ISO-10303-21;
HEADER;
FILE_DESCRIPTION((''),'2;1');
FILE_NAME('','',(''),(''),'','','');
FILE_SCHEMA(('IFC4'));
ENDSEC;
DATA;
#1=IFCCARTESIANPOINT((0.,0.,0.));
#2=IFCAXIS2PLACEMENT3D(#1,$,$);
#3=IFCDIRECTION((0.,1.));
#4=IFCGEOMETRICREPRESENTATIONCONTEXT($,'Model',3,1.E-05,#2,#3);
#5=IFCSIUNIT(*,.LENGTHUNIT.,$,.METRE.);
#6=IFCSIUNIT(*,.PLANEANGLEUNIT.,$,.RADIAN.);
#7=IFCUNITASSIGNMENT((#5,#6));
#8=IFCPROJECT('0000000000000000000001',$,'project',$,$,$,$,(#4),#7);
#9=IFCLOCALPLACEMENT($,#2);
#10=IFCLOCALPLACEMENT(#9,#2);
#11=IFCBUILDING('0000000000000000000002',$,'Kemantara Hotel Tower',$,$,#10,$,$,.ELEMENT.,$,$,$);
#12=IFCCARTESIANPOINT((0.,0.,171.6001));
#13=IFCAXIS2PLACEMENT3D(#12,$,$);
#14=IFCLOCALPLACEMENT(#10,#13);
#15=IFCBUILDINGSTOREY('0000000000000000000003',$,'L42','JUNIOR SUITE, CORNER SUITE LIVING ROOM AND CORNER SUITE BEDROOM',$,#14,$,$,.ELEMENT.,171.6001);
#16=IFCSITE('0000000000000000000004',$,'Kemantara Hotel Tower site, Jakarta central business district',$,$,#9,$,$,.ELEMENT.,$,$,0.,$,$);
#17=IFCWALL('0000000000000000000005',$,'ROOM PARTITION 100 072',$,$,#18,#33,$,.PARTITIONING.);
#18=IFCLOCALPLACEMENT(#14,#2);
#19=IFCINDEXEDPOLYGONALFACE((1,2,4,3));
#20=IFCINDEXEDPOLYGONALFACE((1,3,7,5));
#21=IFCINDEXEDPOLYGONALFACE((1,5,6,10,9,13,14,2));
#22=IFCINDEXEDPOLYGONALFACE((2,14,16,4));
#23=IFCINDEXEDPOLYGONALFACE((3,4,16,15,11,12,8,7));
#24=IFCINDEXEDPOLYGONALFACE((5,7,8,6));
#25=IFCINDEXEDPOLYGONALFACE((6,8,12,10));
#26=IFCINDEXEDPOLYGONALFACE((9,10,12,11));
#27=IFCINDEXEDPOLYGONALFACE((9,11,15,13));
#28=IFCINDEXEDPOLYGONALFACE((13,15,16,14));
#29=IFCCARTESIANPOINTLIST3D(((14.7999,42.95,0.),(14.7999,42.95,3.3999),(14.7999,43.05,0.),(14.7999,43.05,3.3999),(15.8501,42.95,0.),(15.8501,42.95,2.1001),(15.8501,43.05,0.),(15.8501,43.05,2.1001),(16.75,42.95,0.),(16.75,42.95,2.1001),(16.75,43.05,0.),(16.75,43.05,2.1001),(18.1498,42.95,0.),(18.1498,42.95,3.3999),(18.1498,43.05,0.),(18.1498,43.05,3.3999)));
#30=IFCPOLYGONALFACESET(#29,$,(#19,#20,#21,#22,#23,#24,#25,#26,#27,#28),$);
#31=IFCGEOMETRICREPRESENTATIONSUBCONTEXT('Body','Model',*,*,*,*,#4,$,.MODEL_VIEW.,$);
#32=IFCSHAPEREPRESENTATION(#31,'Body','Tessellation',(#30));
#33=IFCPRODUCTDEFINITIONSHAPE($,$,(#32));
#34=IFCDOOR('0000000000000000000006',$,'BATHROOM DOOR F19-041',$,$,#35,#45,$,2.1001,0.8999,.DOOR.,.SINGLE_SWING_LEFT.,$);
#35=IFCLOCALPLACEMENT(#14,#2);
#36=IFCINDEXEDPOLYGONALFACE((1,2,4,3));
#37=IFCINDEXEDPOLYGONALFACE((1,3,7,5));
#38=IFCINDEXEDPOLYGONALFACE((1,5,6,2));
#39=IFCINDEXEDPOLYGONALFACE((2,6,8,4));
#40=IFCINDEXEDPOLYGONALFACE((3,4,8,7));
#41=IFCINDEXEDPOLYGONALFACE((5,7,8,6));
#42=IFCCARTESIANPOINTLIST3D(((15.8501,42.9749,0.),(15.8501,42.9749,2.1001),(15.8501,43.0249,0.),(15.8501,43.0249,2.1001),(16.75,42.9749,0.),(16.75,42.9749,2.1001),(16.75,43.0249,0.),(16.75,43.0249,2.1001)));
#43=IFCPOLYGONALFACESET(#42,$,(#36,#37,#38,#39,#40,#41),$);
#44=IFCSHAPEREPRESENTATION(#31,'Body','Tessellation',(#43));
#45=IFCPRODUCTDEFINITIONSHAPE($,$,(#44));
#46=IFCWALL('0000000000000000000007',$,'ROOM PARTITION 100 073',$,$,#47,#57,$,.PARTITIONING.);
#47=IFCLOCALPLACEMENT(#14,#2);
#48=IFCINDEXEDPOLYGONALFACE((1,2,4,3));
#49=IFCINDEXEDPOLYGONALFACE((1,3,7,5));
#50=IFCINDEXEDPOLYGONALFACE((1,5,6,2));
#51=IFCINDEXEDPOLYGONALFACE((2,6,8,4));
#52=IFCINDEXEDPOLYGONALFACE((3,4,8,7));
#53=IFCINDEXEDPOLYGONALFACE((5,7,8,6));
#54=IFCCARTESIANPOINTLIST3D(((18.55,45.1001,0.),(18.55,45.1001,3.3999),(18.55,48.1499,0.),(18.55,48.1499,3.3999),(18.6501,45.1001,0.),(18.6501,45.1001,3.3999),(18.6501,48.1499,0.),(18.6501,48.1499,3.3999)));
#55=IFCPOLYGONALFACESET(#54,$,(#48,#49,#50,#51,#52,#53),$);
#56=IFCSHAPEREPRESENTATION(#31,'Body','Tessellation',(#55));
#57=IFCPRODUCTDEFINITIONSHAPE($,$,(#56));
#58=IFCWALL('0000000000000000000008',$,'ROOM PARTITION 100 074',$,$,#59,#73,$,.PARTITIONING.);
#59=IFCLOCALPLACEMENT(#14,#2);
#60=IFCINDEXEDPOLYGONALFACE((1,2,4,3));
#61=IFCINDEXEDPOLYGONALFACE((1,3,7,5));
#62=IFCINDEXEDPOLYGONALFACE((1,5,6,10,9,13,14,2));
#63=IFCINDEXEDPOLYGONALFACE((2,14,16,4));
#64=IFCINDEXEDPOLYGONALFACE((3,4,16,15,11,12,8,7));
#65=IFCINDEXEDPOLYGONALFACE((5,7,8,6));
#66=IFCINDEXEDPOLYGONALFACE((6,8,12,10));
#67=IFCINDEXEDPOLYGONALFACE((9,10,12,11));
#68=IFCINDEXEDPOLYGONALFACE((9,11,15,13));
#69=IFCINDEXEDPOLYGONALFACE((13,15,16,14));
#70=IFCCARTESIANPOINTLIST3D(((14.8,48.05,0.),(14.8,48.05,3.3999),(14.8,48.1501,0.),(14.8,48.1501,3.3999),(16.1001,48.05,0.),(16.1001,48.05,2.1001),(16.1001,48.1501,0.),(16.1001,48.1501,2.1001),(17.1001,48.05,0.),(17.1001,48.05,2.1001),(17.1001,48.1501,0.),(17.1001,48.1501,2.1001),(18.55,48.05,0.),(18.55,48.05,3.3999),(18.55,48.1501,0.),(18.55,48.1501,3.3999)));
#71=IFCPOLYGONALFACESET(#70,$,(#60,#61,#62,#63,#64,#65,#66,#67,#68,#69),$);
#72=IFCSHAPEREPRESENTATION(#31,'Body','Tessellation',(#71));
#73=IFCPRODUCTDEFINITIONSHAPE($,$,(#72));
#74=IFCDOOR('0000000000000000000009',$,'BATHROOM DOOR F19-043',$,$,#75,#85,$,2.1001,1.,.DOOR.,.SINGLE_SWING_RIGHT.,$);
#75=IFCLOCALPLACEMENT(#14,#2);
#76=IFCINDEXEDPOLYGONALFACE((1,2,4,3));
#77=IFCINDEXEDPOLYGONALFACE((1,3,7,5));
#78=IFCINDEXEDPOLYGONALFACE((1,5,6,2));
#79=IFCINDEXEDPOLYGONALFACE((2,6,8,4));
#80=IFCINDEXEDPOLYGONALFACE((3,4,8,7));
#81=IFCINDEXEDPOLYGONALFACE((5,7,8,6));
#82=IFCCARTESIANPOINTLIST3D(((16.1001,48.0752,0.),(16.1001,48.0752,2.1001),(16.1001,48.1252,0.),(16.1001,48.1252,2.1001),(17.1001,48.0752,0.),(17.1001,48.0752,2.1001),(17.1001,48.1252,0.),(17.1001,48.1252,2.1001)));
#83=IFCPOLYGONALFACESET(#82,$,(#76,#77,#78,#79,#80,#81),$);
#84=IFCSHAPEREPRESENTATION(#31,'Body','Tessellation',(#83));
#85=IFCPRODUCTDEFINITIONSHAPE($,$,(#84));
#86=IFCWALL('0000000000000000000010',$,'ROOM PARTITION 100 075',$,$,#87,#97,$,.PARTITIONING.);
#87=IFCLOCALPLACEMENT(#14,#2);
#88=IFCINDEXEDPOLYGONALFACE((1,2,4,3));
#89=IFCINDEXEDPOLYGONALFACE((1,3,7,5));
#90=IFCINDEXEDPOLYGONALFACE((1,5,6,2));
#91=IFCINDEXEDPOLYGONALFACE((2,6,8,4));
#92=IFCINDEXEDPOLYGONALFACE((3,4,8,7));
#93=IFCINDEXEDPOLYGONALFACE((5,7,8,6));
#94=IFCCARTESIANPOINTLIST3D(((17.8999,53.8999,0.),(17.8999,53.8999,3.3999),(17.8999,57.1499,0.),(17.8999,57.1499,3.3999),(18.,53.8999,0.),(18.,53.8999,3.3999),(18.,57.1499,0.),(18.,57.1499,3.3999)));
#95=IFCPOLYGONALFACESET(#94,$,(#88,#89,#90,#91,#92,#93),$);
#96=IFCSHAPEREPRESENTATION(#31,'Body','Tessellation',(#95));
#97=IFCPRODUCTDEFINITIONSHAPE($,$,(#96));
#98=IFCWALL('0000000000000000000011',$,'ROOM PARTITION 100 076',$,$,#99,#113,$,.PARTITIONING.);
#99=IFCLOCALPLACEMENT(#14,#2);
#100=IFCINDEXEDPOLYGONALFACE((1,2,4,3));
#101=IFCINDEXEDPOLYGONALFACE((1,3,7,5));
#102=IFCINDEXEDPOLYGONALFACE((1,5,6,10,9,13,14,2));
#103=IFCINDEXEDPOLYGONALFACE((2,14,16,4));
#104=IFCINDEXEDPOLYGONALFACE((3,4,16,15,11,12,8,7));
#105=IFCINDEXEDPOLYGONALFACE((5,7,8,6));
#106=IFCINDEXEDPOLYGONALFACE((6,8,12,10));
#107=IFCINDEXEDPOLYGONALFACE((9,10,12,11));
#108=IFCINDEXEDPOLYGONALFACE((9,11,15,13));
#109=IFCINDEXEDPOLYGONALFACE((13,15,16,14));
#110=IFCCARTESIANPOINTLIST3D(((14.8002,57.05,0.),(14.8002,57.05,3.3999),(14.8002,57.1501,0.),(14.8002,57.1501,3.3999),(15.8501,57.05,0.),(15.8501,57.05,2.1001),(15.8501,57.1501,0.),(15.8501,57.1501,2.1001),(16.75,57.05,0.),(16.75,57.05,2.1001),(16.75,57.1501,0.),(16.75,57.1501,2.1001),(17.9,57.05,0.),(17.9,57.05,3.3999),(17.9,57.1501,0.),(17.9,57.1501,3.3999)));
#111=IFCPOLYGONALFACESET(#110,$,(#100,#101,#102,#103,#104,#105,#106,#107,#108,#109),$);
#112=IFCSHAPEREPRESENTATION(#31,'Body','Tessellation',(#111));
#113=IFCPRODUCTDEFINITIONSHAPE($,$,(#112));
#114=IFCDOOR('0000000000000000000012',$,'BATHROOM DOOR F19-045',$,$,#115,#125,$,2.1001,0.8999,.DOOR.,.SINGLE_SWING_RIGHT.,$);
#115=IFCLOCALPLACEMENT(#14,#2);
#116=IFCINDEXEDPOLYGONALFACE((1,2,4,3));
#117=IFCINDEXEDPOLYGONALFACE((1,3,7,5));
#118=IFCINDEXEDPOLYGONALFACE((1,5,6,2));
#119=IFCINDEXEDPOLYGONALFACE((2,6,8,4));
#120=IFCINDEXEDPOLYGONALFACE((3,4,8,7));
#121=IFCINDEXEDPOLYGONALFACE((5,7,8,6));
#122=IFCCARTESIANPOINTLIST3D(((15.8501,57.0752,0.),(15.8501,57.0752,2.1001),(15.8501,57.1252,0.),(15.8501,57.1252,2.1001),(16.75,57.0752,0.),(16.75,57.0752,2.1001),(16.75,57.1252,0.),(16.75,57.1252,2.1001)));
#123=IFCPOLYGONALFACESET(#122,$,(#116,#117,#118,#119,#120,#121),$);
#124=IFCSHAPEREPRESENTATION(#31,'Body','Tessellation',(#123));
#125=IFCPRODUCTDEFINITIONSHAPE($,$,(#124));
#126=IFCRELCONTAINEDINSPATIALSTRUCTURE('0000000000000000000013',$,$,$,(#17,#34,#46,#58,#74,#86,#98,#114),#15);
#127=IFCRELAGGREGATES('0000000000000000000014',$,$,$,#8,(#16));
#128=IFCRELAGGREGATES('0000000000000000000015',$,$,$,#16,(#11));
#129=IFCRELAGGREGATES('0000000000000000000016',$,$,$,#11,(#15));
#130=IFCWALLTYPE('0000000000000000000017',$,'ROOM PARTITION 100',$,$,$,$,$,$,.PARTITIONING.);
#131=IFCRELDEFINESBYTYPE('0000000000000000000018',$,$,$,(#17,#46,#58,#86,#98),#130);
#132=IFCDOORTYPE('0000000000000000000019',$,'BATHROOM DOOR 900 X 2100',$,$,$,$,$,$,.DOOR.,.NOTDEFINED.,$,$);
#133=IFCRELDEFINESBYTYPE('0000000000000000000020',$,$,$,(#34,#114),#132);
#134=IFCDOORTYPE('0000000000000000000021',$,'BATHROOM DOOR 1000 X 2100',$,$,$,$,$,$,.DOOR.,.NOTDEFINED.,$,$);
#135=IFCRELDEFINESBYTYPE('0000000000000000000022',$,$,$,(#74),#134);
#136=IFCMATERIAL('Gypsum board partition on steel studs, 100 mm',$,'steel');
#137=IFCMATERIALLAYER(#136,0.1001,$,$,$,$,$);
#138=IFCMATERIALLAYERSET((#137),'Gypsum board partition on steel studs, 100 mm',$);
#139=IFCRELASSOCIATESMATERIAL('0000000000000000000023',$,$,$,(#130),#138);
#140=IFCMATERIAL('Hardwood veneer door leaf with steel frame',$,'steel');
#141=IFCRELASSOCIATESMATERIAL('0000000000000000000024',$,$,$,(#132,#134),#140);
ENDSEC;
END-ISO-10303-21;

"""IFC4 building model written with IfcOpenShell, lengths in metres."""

from ifc_helpers import new_model, si_unit, direction, frame, frame_2d, origin, place, context, subcontext, project, spatial, rectangle, extrude, material, layer, layer_set, type_object, element, fill, save


model = new_model("IFC4")

# Units and contexts
model_context = context("Model", 3, precision=1e-05, world=origin(), true_north=direction((0.0, 1.0)))
body_context = subcontext(model_context, "Body", "Model", "MODEL_VIEW")
ifc_project = project(units=[si_unit("LENGTHUNIT", "METRE"), si_unit("PLANEANGLEUNIT", "RADIAN")], contexts=[model_context])

# Site, building, storey
site_placement = place(None, origin())
site = spatial("IfcSite", under=ifc_project, at=site_placement, Name="Kemantara Hotel Tower site, Jakarta central business district", CompositionType="ELEMENT", RefElevation=0.0)
building_placement = place(site_placement, origin())
building = spatial("IfcBuilding", under=site, at=building_placement, Name="Kemantara Hotel Tower", CompositionType="ELEMENT")
storey_placement = place(building_placement, frame((0.0, 0.0, 171.6001)))
storey = spatial("IfcBuildingStorey", under=building, at=storey_placement, Name="L42", Description="JUNIOR SUITE, CORNER SUITE LIVING ROOM AND CORNER SUITE BEDROOM", CompositionType="ELEMENT", Elevation=171.6001)

# Shared definitions
ifc_material_1 = material(Name="Gypsum board partition on steel studs, 100 mm", Category="steel")
ifc_layer_1 = layer(ifc_material_1, 0.1001)
ifc_layer_set_1 = layer_set([ifc_layer_1], Name="Gypsum board partition on steel studs, 100 mm")
wall_type_1 = type_object("IfcWallType", Name="ROOM PARTITION 100", PredefinedType="PARTITIONING", material=ifc_layer_set_1)

# Wall, opening, door
wall_1_placement = place(storey_placement, frame((14.8, 43.0, 0.0), z_axis=(0.0, 0.0, 1.0), x_axis=(1.0, 0.0, 0.0)))
wall_1 = element("IfcWall", 1, at=wall_1_placement, inside=storey, type_object=wall_type_1, Name="ROOM PARTITION 100 072", PredefinedType="PARTITIONING", context=body_context, shape_type="SweptSolid", body=[
    extrude(rectangle(XDim=3.3499, YDim=0.1001, at=frame_2d((1.6748, 0.0))), origin(), (0.0, 0.0, 1.0), 3.3999),
])
opening_1_placement = place(wall_1_placement, frame((1.05, 0.0, 0.0)))
opening_1 = element("IfcOpeningElement", 2, at=opening_1_placement, cuts=wall_1, PredefinedType="OPENING", context=body_context, shape_type="SweptSolid", body=[
    extrude(rectangle(XDim=0.8999, YDim=2.1001, at=frame_2d((0.45, 1.05))), frame((0.0, 0.0601, 0.0), z_axis=(0.0, -1.0, 0.0), x_axis=(1.0, 0.0, 0.0)), (0.0, 0.0, 1.0), 0.1201),
])
ifc_material_2 = material(Name="Hardwood veneer door leaf with steel frame", Category="steel")
door_type_1 = type_object("IfcDoorType", Name="BATHROOM DOOR 900 X 2100", OperationType="NOTDEFINED", PredefinedType="DOOR", material=ifc_material_2)
door_1_placement = place(opening_1_placement, origin())
door_1 = element("IfcDoor", 3, at=door_1_placement, inside=storey, type_object=door_type_1, Name="BATHROOM DOOR F19-041", OperationType="SINGLE_SWING_LEFT", OverallHeight=2.1001, OverallWidth=0.8999, PredefinedType="DOOR", context=body_context, shape_type="SweptSolid", body=[
    extrude(rectangle(XDim=0.8999, YDim=2.1001, at=frame_2d((0.45, 1.05))), frame((0.0, 0.0249, 0.0), z_axis=(0.0, -1.0, 0.0), x_axis=(1.0, 0.0, 0.0)), (0.0, 0.0, 1.0), 0.05),
])
fill(opening_1, door_1)

# Wall
wall_2_placement = place(storey_placement, frame((18.6001, 45.1001, 0.0), z_axis=(0.0, 0.0, 1.0), x_axis=(0.0, 1.0, 0.0)))
element("IfcWall", 4, at=wall_2_placement, inside=storey, type_object=wall_type_1, Name="ROOM PARTITION 100 073", PredefinedType="PARTITIONING", context=body_context, shape_type="SweptSolid", body=[
    extrude(rectangle(XDim=3.0498, YDim=0.1001, at=frame_2d((1.5249, 0.0))), origin(), (0.0, 0.0, 1.0), 3.3999),
])

# Wall, opening, door
wall_3_placement = place(storey_placement, frame((18.55, 48.1001, 0.0), z_axis=(0.0, 0.0, 1.0), x_axis=(-1.0, 0.0, 0.0)))
wall_3 = element("IfcWall", 5, at=wall_3_placement, inside=storey, type_object=wall_type_1, Name="ROOM PARTITION 100 074", PredefinedType="PARTITIONING", context=body_context, shape_type="SweptSolid", body=[
    extrude(rectangle(XDim=3.75, YDim=0.1001, at=frame_2d((1.875, 0.0))), origin(), (0.0, 0.0, 1.0), 3.3999),
])
opening_2_placement = place(wall_3_placement, frame((1.45, 0.0, 0.0)))
opening_2 = element("IfcOpeningElement", 6, at=opening_2_placement, cuts=wall_3, PredefinedType="OPENING", context=body_context, shape_type="SweptSolid", body=[
    extrude(rectangle(XDim=1.0, YDim=2.1001, at=frame_2d((0.5, 1.05))), frame((0.0, 0.0601, 0.0), z_axis=(0.0, -1.0, 0.0), x_axis=(1.0, 0.0, 0.0)), (0.0, 0.0, 1.0), 0.1201),
])
door_type_2 = type_object("IfcDoorType", Name="BATHROOM DOOR 1000 X 2100", OperationType="NOTDEFINED", PredefinedType="DOOR", material=ifc_material_2)
door_2_placement = place(opening_2_placement, origin())
door_2 = element("IfcDoor", 7, at=door_2_placement, inside=storey, type_object=door_type_2, Name="BATHROOM DOOR F19-043", OperationType="SINGLE_SWING_RIGHT", OverallHeight=2.1001, OverallWidth=1.0, PredefinedType="DOOR", context=body_context, shape_type="SweptSolid", body=[
    extrude(rectangle(XDim=1.0, YDim=2.1001, at=frame_2d((0.5, 1.05))), frame((0.0, 0.0249, 0.0), z_axis=(0.0, -1.0, 0.0), x_axis=(1.0, 0.0, 0.0)), (0.0, 0.0, 1.0), 0.05),
])
fill(opening_2, door_2)

# Wall
wall_4_placement = place(storey_placement, frame((17.95, 53.8999, 0.0), z_axis=(0.0, 0.0, 1.0), x_axis=(0.0, 1.0, 0.0)))
element("IfcWall", 8, at=wall_4_placement, inside=storey, type_object=wall_type_1, Name="ROOM PARTITION 100 075", PredefinedType="PARTITIONING", context=body_context, shape_type="SweptSolid", body=[
    extrude(rectangle(XDim=3.25, YDim=0.1001, at=frame_2d((1.625, 0.0))), origin(), (0.0, 0.0, 1.0), 3.3999),
])

# Wall, opening, door
wall_5_placement = place(storey_placement, frame((17.8999, 57.1001, 0.0), z_axis=(0.0, 0.0, 1.0), x_axis=(-1.0, 0.0, 0.0)))
wall_5 = element("IfcWall", 9, at=wall_5_placement, inside=storey, type_object=wall_type_1, Name="ROOM PARTITION 100 076", PredefinedType="PARTITIONING", context=body_context, shape_type="SweptSolid", body=[
    extrude(rectangle(XDim=3.0999, YDim=0.1001, at=frame_2d((1.5498, 0.0))), origin(), (0.0, 0.0, 1.0), 3.3999),
])
opening_3_placement = place(wall_5_placement, frame((1.1499, 0.0, 0.0)))
opening_3 = element("IfcOpeningElement", 10, at=opening_3_placement, cuts=wall_5, PredefinedType="OPENING", context=body_context, shape_type="SweptSolid", body=[
    extrude(rectangle(XDim=0.8999, YDim=2.1001, at=frame_2d((0.45, 1.05))), frame((0.0, 0.0601, 0.0), z_axis=(0.0, -1.0, 0.0), x_axis=(1.0, 0.0, 0.0)), (0.0, 0.0, 1.0), 0.1201),
])
door_3_placement = place(opening_3_placement, origin())
door_3 = element("IfcDoor", 11, at=door_3_placement, inside=storey, type_object=door_type_1, Name="BATHROOM DOOR F19-045", OperationType="SINGLE_SWING_RIGHT", OverallHeight=2.1001, OverallWidth=0.8999, PredefinedType="DOOR", context=body_context, shape_type="SweptSolid", body=[
    extrude(rectangle(XDim=0.8999, YDim=2.1001, at=frame_2d((0.45, 1.05))), frame((0.0, 0.0249, 0.0), z_axis=(0.0, -1.0, 0.0), x_axis=(1.0, 0.0, 0.0)), (0.0, 0.0, 1.0), 0.05),
])
fill(opening_3, door_3)

save(model, "model.ifc")
